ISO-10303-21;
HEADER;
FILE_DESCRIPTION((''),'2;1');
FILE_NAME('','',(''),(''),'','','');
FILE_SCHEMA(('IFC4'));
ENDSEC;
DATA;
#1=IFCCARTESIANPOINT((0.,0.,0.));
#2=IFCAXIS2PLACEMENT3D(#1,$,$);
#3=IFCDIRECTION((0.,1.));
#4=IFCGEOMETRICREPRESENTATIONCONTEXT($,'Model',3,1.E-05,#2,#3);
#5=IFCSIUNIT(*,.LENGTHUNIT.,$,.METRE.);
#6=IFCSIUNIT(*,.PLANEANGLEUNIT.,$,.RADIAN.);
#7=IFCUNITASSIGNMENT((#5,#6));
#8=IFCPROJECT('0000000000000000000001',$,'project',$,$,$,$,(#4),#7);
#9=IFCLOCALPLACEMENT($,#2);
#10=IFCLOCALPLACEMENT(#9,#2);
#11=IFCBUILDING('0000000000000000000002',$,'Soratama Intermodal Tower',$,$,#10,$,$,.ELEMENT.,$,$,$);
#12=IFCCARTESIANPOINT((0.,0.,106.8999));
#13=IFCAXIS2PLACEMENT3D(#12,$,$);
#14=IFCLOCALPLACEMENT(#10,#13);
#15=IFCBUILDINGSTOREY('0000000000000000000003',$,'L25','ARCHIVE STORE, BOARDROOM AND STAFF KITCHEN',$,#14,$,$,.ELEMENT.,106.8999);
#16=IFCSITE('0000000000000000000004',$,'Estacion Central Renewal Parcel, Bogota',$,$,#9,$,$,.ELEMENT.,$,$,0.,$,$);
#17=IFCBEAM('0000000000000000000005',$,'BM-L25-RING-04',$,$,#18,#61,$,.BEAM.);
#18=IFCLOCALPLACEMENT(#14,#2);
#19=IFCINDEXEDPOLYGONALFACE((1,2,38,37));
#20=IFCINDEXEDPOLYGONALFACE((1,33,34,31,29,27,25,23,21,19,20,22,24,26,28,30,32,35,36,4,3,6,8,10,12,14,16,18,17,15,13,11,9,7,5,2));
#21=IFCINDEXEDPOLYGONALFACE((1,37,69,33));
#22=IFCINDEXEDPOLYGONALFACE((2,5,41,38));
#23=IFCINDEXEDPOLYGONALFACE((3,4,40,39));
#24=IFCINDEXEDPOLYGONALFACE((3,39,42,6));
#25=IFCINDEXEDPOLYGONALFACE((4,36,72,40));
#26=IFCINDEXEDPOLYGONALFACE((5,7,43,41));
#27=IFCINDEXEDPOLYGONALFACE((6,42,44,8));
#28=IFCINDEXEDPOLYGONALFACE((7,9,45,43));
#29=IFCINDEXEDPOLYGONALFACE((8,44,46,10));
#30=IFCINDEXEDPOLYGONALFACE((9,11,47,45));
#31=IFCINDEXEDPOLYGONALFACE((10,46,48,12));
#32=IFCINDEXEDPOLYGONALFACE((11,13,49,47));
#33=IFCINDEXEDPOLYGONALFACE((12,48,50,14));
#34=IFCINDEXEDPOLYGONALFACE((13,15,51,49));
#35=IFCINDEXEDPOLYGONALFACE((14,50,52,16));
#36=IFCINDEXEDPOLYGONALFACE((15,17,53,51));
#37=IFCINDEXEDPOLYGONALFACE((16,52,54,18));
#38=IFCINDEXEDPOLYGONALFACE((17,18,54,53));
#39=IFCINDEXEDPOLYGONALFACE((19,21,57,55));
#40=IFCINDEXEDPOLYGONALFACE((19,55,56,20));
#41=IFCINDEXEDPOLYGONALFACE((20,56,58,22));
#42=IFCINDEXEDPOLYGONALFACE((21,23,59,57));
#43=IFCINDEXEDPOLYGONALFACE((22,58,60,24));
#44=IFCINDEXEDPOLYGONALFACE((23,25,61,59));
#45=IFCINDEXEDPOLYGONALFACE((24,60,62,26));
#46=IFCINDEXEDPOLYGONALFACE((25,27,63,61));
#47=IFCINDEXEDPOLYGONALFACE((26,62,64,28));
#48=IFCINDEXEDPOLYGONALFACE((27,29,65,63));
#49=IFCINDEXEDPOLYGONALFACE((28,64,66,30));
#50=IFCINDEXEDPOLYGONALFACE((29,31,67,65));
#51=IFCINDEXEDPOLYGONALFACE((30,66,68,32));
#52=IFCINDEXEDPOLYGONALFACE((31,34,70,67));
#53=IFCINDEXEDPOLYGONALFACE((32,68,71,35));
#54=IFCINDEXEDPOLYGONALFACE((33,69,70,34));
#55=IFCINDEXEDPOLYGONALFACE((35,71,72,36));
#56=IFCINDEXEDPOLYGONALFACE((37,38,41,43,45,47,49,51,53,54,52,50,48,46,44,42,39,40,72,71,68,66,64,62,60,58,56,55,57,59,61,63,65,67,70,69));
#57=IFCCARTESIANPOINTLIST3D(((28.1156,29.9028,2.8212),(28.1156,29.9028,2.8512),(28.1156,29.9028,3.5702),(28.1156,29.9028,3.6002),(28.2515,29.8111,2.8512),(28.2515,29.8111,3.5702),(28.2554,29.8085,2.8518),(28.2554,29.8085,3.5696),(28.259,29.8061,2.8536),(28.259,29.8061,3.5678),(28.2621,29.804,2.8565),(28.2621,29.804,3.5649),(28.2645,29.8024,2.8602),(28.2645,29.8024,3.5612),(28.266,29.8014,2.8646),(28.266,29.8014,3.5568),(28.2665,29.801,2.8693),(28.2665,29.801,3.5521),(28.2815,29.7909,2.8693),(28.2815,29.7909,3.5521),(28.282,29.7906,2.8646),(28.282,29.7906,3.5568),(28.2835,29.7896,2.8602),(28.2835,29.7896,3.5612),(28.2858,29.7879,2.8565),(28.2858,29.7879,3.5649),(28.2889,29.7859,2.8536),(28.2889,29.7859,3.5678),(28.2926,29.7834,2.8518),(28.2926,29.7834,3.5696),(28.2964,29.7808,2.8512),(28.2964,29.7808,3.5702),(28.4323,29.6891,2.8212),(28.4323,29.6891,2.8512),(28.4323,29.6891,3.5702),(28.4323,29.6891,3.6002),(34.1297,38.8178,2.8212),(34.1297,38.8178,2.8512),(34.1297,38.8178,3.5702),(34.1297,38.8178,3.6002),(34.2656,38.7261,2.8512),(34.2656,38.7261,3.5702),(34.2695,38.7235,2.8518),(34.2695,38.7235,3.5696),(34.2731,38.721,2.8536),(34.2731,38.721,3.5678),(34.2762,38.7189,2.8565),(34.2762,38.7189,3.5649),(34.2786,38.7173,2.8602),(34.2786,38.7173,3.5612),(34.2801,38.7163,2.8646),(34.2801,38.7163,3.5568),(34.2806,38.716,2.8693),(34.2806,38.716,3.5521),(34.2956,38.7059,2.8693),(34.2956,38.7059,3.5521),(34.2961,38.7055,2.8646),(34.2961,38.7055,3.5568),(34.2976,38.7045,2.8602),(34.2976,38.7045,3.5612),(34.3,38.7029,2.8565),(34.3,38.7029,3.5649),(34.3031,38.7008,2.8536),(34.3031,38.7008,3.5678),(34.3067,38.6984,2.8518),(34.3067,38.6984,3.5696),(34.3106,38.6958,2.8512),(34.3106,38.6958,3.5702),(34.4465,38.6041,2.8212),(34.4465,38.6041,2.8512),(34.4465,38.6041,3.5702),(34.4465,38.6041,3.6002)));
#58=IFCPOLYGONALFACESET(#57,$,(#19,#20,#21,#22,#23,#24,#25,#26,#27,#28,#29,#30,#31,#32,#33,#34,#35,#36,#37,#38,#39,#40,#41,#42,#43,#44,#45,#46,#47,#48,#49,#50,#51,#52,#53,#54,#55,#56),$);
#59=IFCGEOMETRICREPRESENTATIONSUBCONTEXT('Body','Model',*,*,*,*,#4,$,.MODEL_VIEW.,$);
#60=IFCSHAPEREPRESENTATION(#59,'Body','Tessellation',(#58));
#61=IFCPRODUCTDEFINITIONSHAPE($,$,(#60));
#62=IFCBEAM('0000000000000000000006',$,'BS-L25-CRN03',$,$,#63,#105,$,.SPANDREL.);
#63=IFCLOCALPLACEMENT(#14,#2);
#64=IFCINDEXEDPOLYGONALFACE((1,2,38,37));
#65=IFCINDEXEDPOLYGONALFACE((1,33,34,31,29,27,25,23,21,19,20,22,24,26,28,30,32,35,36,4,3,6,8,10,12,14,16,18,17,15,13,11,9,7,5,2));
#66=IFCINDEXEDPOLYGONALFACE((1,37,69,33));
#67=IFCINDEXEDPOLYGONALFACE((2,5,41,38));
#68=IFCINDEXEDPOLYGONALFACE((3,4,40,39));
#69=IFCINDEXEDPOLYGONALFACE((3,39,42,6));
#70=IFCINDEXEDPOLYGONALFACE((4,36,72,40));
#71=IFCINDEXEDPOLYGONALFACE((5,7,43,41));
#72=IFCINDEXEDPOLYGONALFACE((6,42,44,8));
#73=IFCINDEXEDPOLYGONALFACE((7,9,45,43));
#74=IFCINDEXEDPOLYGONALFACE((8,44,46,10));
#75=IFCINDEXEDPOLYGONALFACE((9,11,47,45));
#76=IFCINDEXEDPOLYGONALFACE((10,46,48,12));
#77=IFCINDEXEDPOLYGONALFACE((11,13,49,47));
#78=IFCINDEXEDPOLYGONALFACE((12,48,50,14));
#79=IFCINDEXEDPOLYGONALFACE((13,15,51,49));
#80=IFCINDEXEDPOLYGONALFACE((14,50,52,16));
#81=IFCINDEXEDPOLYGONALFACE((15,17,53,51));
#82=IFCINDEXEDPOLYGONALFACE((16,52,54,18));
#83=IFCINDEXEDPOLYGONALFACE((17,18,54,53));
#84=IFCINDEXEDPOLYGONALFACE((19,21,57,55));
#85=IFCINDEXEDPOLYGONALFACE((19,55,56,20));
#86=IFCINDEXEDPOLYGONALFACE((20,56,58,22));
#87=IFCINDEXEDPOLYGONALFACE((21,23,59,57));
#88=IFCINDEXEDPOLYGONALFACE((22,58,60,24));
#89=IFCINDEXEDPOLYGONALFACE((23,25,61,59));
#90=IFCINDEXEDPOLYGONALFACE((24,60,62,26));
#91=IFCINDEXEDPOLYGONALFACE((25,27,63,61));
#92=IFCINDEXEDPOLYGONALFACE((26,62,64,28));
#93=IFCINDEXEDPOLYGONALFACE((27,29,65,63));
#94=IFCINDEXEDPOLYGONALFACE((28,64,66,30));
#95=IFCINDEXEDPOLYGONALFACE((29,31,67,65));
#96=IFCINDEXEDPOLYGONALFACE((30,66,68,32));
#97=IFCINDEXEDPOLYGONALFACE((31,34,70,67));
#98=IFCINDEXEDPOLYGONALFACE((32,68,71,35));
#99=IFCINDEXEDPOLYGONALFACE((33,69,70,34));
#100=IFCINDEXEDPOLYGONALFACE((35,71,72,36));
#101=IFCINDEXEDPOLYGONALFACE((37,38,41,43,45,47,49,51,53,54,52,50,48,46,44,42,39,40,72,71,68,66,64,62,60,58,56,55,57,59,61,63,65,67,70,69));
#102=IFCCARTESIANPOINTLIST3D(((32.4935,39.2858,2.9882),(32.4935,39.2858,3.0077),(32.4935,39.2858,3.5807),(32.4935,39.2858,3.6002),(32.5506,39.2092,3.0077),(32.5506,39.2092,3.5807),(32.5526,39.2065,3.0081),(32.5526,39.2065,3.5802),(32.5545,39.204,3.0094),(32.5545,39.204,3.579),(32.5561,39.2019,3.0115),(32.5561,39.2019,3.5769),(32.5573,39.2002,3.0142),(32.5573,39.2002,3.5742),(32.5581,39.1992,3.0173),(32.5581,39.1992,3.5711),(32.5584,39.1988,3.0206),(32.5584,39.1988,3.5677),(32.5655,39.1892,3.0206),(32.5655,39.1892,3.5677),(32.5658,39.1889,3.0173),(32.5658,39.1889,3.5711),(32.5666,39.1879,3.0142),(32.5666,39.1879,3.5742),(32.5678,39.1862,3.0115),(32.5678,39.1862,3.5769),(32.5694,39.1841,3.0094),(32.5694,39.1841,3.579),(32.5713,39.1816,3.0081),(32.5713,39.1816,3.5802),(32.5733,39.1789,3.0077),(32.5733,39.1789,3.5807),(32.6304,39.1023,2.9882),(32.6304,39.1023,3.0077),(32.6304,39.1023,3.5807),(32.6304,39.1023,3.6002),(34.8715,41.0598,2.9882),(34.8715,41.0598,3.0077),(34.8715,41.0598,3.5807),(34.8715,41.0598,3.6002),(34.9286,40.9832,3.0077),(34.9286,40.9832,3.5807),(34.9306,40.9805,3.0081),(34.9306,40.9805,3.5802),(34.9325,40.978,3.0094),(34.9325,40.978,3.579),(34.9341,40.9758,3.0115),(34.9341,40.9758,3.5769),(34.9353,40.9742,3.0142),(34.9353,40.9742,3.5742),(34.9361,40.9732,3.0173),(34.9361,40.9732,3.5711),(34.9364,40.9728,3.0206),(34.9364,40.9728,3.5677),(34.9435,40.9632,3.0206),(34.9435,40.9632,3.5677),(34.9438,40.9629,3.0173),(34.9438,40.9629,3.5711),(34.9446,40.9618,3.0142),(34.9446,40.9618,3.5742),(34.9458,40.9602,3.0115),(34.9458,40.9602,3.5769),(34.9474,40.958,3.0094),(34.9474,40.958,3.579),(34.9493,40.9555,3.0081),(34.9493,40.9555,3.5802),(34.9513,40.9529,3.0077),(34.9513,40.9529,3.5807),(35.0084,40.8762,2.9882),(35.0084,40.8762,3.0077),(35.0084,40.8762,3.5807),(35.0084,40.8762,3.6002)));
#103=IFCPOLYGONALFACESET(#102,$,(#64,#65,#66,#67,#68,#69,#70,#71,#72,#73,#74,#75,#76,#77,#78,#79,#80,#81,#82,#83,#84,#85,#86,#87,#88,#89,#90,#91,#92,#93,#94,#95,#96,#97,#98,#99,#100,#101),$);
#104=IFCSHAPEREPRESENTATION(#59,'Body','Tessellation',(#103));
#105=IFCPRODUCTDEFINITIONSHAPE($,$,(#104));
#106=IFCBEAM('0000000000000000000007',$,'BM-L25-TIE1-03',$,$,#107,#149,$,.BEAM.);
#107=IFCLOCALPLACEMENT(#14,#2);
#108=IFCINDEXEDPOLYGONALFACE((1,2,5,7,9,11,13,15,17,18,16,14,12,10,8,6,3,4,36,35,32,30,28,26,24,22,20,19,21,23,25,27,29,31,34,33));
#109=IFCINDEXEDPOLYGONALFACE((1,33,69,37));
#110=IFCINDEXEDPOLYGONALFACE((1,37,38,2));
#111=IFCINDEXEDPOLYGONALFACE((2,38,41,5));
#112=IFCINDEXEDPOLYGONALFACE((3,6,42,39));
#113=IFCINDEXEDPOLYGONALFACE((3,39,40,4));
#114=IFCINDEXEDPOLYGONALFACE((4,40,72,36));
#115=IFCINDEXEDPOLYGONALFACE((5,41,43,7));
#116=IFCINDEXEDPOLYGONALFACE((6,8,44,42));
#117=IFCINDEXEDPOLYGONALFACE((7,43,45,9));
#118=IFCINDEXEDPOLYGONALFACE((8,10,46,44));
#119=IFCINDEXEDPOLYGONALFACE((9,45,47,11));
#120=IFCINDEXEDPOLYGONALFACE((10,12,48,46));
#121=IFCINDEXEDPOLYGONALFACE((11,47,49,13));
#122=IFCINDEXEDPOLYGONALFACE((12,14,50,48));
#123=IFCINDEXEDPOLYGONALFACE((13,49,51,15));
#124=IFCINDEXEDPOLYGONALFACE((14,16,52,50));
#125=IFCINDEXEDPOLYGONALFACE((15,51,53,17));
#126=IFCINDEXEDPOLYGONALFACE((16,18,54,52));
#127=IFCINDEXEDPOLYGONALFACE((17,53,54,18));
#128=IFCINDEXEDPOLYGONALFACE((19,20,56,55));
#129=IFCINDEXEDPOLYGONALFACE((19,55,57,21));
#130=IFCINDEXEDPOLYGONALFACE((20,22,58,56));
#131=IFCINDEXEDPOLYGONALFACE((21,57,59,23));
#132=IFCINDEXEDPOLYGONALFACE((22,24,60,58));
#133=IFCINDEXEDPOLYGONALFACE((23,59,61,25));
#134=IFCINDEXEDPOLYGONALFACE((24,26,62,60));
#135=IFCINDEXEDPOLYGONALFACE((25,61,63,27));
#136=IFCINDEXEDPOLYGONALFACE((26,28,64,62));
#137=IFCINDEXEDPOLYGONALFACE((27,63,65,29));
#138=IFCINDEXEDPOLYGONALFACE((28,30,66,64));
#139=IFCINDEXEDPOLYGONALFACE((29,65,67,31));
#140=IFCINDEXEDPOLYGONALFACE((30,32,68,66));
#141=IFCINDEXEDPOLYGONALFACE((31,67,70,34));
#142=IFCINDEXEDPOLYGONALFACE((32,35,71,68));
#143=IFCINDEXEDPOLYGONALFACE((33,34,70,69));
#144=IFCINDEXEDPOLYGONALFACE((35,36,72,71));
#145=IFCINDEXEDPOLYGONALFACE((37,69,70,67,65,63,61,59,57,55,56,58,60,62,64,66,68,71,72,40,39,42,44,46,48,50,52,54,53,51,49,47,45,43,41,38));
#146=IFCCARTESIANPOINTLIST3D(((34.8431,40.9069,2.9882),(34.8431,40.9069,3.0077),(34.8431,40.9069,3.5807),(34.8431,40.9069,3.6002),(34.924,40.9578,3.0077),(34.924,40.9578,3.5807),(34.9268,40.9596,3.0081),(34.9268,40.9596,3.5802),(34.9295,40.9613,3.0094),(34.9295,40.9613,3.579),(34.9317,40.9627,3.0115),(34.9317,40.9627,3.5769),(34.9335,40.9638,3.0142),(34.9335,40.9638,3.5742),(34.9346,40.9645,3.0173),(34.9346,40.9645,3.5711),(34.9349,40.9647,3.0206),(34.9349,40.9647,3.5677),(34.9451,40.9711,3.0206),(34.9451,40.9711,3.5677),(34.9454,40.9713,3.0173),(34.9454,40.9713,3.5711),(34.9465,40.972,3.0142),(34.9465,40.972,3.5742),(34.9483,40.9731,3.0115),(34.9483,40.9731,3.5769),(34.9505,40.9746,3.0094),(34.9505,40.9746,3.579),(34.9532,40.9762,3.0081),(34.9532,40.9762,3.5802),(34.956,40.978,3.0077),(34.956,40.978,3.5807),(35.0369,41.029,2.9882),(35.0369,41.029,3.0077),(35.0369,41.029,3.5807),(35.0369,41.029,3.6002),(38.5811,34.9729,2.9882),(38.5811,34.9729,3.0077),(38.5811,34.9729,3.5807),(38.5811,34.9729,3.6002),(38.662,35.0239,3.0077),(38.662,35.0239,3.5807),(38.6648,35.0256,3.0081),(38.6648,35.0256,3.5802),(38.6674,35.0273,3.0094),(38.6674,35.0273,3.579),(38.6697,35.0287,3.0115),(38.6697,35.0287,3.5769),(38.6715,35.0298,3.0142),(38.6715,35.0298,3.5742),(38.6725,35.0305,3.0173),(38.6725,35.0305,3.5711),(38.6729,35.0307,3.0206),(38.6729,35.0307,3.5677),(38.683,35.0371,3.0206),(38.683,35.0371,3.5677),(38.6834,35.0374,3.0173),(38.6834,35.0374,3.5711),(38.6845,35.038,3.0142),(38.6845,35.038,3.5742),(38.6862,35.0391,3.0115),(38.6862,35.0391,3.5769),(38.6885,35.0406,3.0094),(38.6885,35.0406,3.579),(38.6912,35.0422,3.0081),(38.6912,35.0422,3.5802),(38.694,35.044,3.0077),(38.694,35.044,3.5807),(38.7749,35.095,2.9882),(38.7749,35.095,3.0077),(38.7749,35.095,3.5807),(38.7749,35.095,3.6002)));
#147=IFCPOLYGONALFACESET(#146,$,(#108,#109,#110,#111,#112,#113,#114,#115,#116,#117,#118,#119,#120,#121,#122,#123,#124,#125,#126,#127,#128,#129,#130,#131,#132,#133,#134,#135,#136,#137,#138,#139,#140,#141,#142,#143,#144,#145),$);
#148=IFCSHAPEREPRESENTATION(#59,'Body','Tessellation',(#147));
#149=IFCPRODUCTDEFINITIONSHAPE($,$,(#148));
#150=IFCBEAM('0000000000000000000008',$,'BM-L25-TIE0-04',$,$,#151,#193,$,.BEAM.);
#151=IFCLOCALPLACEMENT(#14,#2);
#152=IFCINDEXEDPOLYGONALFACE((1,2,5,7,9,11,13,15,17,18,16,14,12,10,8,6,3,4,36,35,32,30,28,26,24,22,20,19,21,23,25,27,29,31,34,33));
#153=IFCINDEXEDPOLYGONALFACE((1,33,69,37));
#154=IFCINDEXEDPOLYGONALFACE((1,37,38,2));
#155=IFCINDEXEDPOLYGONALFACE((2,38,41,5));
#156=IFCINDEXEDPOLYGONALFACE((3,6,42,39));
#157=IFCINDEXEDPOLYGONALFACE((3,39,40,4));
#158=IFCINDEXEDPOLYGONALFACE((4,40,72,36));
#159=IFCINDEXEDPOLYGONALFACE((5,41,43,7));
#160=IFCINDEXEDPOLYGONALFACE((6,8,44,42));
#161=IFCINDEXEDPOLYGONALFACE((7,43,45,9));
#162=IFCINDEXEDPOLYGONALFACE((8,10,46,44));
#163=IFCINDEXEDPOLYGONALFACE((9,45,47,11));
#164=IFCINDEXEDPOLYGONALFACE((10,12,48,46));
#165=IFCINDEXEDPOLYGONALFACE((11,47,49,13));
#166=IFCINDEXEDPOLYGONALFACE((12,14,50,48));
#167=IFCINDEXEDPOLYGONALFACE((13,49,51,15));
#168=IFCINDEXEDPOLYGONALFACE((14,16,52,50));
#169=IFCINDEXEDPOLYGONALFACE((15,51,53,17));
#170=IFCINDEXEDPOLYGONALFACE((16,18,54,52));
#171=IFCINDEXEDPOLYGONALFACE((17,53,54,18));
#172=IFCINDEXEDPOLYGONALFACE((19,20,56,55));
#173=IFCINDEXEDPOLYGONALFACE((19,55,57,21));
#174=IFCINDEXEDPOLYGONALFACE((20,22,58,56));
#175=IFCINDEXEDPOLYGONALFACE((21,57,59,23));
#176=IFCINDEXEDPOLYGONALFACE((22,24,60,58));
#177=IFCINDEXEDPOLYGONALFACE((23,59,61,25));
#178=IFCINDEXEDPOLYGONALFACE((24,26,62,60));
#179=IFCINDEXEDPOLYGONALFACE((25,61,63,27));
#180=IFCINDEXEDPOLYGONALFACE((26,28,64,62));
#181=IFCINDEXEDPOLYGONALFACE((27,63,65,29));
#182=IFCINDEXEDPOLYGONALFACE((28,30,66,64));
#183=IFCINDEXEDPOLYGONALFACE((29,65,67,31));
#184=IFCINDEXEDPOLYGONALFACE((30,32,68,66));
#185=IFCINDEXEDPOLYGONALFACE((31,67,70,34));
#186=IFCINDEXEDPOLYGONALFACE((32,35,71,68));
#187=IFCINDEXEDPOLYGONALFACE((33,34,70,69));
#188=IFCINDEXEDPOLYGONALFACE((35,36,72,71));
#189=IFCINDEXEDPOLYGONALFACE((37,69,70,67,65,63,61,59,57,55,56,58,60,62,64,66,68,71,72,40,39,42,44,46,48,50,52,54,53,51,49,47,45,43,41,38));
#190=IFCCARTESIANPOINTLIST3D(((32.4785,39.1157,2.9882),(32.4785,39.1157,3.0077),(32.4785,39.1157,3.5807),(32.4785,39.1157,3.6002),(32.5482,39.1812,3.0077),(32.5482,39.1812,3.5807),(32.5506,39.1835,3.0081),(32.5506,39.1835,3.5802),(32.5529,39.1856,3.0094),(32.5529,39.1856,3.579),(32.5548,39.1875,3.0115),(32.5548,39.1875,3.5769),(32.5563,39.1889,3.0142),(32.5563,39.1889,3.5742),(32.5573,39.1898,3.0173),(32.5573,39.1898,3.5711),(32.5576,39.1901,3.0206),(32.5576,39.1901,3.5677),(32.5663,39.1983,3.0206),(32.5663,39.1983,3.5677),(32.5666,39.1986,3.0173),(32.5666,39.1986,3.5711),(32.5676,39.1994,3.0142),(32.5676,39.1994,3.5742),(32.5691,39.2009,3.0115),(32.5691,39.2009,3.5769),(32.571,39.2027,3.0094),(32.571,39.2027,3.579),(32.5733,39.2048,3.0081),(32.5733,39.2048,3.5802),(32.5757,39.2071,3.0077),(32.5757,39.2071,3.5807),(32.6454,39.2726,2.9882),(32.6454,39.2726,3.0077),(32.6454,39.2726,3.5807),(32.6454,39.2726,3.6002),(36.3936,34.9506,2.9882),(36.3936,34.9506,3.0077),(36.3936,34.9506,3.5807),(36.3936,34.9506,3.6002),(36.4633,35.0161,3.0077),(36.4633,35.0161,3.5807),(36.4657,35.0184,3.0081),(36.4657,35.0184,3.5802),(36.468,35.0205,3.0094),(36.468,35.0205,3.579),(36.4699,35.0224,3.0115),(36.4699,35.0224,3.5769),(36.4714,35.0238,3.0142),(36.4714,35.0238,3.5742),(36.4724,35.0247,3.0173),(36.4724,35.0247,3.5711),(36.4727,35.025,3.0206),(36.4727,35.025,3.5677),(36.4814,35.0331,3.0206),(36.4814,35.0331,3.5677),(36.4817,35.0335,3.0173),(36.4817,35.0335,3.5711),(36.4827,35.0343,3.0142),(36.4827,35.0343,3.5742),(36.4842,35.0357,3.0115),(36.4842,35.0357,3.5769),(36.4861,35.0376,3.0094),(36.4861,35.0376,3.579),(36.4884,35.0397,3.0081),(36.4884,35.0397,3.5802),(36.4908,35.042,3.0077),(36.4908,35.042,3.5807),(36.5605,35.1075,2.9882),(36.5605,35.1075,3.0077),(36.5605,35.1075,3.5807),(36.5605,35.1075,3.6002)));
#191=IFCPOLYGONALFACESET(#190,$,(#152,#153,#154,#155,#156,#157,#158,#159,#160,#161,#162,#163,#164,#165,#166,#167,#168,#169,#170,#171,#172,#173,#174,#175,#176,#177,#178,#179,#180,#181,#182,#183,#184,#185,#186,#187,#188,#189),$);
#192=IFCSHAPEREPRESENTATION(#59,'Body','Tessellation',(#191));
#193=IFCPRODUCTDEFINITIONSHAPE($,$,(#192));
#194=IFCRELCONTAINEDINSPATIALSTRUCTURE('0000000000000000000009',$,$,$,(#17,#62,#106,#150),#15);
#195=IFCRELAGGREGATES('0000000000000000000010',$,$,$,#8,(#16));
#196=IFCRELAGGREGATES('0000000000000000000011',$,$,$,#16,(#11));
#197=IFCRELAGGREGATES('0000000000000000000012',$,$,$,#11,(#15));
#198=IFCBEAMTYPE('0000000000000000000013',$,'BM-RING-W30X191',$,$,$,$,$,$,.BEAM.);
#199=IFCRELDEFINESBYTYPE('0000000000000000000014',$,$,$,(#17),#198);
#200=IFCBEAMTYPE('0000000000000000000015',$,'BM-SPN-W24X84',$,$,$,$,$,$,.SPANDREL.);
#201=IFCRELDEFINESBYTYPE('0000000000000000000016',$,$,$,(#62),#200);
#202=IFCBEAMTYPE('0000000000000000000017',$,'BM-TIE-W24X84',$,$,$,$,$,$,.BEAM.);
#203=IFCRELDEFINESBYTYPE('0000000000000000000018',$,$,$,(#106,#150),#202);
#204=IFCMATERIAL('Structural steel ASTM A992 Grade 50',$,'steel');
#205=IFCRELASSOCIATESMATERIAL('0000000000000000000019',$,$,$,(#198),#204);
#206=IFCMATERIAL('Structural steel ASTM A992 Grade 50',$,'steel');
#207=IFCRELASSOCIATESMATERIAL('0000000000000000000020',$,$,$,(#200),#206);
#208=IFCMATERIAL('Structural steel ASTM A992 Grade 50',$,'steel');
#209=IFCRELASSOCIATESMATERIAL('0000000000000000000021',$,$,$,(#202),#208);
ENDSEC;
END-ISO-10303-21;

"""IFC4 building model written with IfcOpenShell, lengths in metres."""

from ifc_helpers import new_model, si_unit, direction, frame, origin, origin_2d, place, context, subcontext, project, spatial, i_section, extrude, material, material_profile, profile_set, type_object, element, save


model = new_model("IFC4")

# Units and contexts
model_context = context("Model", 3, precision=1e-05, world=origin(), true_north=direction((0.0, 1.0)))
body_context = subcontext(model_context, "Body", "Model", "MODEL_VIEW")
ifc_project = project(units=[si_unit("LENGTHUNIT", "METRE"), si_unit("PLANEANGLEUNIT", "RADIAN")], contexts=[model_context])

# Site, building, storey
site_placement = place(None, origin())
site = spatial("IfcSite", under=ifc_project, at=site_placement, Name="Estacion Central Renewal Parcel, Bogota", CompositionType="ELEMENT", RefElevation=0.0)
building_placement = place(site_placement, origin())
building = spatial("IfcBuilding", under=site, at=building_placement, Name="Soratama Intermodal Tower", CompositionType="ELEMENT")
storey_placement = place(building_placement, frame((0.0, 0.0, 106.8999)))
storey = spatial("IfcBuildingStorey", under=building, at=storey_placement, Name="L25", Description="ARCHIVE STORE, BOARDROOM AND STAFF KITCHEN", CompositionType="ELEMENT", Elevation=106.8999)

# Beams
ifc_material_1 = material(Name="Structural steel ASTM A992 Grade 50", Category="steel")
ifc_material_profile_1 = material_profile(ifc_material_1, i_section(OverallWidth=0.3821, OverallDepth=0.7791, WebThickness=0.0181, FlangeThickness=0.03, FilletRadius=0.0181, at=origin_2d()), Name="W30X191")
ifc_profile_set_1 = profile_set([ifc_material_profile_1], Name="Structural steel ASTM A992 Grade 50")
beam_type_1 = type_object("IfcBeamType", Name="BM-RING-W30X191", PredefinedType="BEAM", material=ifc_profile_set_1)
beam_1_placement = place(storey_placement, frame((34.2881, 38.7109, 3.2107), z_axis=(-0.55925, -0.828999, 0.0), x_axis=(0.828999, -0.55925, 0.0)))
element("IfcBeam", 1, at=beam_1_placement, inside=storey, type_object=beam_type_1, Name="BM-L25-RING-04", PredefinedType="BEAM", context=body_context, shape_type="SweptSolid", body=[
    extrude(i_section(OverallWidth=0.3821, OverallDepth=0.7791, WebThickness=0.0181, FlangeThickness=0.03, FilletRadius=0.0181, at=origin_2d()), origin(), (0.0, 0.0, 1.0), 10.7539),
])
ifc_material_2 = material(Name="Structural steel ASTM A992 Grade 50", Category="steel")
ifc_material_profile_2 = material_profile(ifc_material_2, i_section(OverallWidth=0.229, OverallDepth=0.6121, WebThickness=0.012, FlangeThickness=0.0195, FilletRadius=0.0129, at=origin_2d()), Name="W24X84")
ifc_profile_set_2 = profile_set([ifc_material_profile_2], Name="Structural steel ASTM A992 Grade 50")
beam_type_2 = type_object("IfcBeamType", Name="BM-SPN-W24X84", PredefinedType="SPANDREL", material=ifc_profile_set_2)
beam_2_placement = place(storey_placement, frame((34.9399, 40.968, 3.2942), z_axis=(-0.801538, -0.597944, 0.0), x_axis=(0.597944, -0.801538, 0.0)))
element("IfcBeam", 2, at=beam_2_placement, inside=storey, type_object=beam_type_2, Name="BS-L25-CRN03", PredefinedType="SPANDREL", context=body_context, shape_type="SweptSolid", body=[
    extrude(i_section(OverallWidth=0.229, OverallDepth=0.6121, WebThickness=0.012, FlangeThickness=0.0195, FilletRadius=0.0129, at=origin_2d()), origin(), (0.0, 0.0, 1.0), 2.9668),
])
ifc_material_3 = material(Name="Structural steel ASTM A992 Grade 50", Category="steel")
ifc_material_profile_3 = material_profile(ifc_material_3, i_section(OverallWidth=0.229, OverallDepth=0.6121, WebThickness=0.012, FlangeThickness=0.0195, FilletRadius=0.0129, at=origin_2d()), Name="W24X84")
ifc_profile_set_3 = profile_set([ifc_material_profile_3], Name="Structural steel ASTM A992 Grade 50")
beam_type_3 = type_object("IfcBeamType", Name="BM-TIE-W24X84", PredefinedType="BEAM", material=ifc_profile_set_3)
beam_3_placement = place(storey_placement, frame((38.678, 35.0339, 3.2942), z_axis=(-0.532993, 0.846119, 0.0), x_axis=(-0.846119, -0.532993, 0.0)))
element("IfcBeam", 3, at=beam_3_placement, inside=storey, type_object=beam_type_3, Name="BM-L25-TIE1-03", PredefinedType="BEAM", context=body_context, shape_type="SweptSolid", body=[
    extrude(i_section(OverallWidth=0.229, OverallDepth=0.6121, WebThickness=0.012, FlangeThickness=0.0195, FilletRadius=0.0129, at=origin_2d()), origin(), (0.0, 0.0, 1.0), 7.0132),
])
beam_4_placement = place(storey_placement, frame((36.4771, 35.0291, 3.2942), z_axis=(-0.684901, 0.728636, 0.0), x_axis=(-0.728636, -0.684901, 0.0)))
element("IfcBeam", 4, at=beam_4_placement, inside=storey, type_object=beam_type_3, Name="BM-L25-TIE0-04", PredefinedType="BEAM", context=body_context, shape_type="SweptSolid", body=[
    extrude(i_section(OverallWidth=0.229, OverallDepth=0.6121, WebThickness=0.012, FlangeThickness=0.0195, FilletRadius=0.0129, at=origin_2d()), origin(), (0.0, 0.0, 1.0), 5.7163),
])

save(model, "model.ifc")
